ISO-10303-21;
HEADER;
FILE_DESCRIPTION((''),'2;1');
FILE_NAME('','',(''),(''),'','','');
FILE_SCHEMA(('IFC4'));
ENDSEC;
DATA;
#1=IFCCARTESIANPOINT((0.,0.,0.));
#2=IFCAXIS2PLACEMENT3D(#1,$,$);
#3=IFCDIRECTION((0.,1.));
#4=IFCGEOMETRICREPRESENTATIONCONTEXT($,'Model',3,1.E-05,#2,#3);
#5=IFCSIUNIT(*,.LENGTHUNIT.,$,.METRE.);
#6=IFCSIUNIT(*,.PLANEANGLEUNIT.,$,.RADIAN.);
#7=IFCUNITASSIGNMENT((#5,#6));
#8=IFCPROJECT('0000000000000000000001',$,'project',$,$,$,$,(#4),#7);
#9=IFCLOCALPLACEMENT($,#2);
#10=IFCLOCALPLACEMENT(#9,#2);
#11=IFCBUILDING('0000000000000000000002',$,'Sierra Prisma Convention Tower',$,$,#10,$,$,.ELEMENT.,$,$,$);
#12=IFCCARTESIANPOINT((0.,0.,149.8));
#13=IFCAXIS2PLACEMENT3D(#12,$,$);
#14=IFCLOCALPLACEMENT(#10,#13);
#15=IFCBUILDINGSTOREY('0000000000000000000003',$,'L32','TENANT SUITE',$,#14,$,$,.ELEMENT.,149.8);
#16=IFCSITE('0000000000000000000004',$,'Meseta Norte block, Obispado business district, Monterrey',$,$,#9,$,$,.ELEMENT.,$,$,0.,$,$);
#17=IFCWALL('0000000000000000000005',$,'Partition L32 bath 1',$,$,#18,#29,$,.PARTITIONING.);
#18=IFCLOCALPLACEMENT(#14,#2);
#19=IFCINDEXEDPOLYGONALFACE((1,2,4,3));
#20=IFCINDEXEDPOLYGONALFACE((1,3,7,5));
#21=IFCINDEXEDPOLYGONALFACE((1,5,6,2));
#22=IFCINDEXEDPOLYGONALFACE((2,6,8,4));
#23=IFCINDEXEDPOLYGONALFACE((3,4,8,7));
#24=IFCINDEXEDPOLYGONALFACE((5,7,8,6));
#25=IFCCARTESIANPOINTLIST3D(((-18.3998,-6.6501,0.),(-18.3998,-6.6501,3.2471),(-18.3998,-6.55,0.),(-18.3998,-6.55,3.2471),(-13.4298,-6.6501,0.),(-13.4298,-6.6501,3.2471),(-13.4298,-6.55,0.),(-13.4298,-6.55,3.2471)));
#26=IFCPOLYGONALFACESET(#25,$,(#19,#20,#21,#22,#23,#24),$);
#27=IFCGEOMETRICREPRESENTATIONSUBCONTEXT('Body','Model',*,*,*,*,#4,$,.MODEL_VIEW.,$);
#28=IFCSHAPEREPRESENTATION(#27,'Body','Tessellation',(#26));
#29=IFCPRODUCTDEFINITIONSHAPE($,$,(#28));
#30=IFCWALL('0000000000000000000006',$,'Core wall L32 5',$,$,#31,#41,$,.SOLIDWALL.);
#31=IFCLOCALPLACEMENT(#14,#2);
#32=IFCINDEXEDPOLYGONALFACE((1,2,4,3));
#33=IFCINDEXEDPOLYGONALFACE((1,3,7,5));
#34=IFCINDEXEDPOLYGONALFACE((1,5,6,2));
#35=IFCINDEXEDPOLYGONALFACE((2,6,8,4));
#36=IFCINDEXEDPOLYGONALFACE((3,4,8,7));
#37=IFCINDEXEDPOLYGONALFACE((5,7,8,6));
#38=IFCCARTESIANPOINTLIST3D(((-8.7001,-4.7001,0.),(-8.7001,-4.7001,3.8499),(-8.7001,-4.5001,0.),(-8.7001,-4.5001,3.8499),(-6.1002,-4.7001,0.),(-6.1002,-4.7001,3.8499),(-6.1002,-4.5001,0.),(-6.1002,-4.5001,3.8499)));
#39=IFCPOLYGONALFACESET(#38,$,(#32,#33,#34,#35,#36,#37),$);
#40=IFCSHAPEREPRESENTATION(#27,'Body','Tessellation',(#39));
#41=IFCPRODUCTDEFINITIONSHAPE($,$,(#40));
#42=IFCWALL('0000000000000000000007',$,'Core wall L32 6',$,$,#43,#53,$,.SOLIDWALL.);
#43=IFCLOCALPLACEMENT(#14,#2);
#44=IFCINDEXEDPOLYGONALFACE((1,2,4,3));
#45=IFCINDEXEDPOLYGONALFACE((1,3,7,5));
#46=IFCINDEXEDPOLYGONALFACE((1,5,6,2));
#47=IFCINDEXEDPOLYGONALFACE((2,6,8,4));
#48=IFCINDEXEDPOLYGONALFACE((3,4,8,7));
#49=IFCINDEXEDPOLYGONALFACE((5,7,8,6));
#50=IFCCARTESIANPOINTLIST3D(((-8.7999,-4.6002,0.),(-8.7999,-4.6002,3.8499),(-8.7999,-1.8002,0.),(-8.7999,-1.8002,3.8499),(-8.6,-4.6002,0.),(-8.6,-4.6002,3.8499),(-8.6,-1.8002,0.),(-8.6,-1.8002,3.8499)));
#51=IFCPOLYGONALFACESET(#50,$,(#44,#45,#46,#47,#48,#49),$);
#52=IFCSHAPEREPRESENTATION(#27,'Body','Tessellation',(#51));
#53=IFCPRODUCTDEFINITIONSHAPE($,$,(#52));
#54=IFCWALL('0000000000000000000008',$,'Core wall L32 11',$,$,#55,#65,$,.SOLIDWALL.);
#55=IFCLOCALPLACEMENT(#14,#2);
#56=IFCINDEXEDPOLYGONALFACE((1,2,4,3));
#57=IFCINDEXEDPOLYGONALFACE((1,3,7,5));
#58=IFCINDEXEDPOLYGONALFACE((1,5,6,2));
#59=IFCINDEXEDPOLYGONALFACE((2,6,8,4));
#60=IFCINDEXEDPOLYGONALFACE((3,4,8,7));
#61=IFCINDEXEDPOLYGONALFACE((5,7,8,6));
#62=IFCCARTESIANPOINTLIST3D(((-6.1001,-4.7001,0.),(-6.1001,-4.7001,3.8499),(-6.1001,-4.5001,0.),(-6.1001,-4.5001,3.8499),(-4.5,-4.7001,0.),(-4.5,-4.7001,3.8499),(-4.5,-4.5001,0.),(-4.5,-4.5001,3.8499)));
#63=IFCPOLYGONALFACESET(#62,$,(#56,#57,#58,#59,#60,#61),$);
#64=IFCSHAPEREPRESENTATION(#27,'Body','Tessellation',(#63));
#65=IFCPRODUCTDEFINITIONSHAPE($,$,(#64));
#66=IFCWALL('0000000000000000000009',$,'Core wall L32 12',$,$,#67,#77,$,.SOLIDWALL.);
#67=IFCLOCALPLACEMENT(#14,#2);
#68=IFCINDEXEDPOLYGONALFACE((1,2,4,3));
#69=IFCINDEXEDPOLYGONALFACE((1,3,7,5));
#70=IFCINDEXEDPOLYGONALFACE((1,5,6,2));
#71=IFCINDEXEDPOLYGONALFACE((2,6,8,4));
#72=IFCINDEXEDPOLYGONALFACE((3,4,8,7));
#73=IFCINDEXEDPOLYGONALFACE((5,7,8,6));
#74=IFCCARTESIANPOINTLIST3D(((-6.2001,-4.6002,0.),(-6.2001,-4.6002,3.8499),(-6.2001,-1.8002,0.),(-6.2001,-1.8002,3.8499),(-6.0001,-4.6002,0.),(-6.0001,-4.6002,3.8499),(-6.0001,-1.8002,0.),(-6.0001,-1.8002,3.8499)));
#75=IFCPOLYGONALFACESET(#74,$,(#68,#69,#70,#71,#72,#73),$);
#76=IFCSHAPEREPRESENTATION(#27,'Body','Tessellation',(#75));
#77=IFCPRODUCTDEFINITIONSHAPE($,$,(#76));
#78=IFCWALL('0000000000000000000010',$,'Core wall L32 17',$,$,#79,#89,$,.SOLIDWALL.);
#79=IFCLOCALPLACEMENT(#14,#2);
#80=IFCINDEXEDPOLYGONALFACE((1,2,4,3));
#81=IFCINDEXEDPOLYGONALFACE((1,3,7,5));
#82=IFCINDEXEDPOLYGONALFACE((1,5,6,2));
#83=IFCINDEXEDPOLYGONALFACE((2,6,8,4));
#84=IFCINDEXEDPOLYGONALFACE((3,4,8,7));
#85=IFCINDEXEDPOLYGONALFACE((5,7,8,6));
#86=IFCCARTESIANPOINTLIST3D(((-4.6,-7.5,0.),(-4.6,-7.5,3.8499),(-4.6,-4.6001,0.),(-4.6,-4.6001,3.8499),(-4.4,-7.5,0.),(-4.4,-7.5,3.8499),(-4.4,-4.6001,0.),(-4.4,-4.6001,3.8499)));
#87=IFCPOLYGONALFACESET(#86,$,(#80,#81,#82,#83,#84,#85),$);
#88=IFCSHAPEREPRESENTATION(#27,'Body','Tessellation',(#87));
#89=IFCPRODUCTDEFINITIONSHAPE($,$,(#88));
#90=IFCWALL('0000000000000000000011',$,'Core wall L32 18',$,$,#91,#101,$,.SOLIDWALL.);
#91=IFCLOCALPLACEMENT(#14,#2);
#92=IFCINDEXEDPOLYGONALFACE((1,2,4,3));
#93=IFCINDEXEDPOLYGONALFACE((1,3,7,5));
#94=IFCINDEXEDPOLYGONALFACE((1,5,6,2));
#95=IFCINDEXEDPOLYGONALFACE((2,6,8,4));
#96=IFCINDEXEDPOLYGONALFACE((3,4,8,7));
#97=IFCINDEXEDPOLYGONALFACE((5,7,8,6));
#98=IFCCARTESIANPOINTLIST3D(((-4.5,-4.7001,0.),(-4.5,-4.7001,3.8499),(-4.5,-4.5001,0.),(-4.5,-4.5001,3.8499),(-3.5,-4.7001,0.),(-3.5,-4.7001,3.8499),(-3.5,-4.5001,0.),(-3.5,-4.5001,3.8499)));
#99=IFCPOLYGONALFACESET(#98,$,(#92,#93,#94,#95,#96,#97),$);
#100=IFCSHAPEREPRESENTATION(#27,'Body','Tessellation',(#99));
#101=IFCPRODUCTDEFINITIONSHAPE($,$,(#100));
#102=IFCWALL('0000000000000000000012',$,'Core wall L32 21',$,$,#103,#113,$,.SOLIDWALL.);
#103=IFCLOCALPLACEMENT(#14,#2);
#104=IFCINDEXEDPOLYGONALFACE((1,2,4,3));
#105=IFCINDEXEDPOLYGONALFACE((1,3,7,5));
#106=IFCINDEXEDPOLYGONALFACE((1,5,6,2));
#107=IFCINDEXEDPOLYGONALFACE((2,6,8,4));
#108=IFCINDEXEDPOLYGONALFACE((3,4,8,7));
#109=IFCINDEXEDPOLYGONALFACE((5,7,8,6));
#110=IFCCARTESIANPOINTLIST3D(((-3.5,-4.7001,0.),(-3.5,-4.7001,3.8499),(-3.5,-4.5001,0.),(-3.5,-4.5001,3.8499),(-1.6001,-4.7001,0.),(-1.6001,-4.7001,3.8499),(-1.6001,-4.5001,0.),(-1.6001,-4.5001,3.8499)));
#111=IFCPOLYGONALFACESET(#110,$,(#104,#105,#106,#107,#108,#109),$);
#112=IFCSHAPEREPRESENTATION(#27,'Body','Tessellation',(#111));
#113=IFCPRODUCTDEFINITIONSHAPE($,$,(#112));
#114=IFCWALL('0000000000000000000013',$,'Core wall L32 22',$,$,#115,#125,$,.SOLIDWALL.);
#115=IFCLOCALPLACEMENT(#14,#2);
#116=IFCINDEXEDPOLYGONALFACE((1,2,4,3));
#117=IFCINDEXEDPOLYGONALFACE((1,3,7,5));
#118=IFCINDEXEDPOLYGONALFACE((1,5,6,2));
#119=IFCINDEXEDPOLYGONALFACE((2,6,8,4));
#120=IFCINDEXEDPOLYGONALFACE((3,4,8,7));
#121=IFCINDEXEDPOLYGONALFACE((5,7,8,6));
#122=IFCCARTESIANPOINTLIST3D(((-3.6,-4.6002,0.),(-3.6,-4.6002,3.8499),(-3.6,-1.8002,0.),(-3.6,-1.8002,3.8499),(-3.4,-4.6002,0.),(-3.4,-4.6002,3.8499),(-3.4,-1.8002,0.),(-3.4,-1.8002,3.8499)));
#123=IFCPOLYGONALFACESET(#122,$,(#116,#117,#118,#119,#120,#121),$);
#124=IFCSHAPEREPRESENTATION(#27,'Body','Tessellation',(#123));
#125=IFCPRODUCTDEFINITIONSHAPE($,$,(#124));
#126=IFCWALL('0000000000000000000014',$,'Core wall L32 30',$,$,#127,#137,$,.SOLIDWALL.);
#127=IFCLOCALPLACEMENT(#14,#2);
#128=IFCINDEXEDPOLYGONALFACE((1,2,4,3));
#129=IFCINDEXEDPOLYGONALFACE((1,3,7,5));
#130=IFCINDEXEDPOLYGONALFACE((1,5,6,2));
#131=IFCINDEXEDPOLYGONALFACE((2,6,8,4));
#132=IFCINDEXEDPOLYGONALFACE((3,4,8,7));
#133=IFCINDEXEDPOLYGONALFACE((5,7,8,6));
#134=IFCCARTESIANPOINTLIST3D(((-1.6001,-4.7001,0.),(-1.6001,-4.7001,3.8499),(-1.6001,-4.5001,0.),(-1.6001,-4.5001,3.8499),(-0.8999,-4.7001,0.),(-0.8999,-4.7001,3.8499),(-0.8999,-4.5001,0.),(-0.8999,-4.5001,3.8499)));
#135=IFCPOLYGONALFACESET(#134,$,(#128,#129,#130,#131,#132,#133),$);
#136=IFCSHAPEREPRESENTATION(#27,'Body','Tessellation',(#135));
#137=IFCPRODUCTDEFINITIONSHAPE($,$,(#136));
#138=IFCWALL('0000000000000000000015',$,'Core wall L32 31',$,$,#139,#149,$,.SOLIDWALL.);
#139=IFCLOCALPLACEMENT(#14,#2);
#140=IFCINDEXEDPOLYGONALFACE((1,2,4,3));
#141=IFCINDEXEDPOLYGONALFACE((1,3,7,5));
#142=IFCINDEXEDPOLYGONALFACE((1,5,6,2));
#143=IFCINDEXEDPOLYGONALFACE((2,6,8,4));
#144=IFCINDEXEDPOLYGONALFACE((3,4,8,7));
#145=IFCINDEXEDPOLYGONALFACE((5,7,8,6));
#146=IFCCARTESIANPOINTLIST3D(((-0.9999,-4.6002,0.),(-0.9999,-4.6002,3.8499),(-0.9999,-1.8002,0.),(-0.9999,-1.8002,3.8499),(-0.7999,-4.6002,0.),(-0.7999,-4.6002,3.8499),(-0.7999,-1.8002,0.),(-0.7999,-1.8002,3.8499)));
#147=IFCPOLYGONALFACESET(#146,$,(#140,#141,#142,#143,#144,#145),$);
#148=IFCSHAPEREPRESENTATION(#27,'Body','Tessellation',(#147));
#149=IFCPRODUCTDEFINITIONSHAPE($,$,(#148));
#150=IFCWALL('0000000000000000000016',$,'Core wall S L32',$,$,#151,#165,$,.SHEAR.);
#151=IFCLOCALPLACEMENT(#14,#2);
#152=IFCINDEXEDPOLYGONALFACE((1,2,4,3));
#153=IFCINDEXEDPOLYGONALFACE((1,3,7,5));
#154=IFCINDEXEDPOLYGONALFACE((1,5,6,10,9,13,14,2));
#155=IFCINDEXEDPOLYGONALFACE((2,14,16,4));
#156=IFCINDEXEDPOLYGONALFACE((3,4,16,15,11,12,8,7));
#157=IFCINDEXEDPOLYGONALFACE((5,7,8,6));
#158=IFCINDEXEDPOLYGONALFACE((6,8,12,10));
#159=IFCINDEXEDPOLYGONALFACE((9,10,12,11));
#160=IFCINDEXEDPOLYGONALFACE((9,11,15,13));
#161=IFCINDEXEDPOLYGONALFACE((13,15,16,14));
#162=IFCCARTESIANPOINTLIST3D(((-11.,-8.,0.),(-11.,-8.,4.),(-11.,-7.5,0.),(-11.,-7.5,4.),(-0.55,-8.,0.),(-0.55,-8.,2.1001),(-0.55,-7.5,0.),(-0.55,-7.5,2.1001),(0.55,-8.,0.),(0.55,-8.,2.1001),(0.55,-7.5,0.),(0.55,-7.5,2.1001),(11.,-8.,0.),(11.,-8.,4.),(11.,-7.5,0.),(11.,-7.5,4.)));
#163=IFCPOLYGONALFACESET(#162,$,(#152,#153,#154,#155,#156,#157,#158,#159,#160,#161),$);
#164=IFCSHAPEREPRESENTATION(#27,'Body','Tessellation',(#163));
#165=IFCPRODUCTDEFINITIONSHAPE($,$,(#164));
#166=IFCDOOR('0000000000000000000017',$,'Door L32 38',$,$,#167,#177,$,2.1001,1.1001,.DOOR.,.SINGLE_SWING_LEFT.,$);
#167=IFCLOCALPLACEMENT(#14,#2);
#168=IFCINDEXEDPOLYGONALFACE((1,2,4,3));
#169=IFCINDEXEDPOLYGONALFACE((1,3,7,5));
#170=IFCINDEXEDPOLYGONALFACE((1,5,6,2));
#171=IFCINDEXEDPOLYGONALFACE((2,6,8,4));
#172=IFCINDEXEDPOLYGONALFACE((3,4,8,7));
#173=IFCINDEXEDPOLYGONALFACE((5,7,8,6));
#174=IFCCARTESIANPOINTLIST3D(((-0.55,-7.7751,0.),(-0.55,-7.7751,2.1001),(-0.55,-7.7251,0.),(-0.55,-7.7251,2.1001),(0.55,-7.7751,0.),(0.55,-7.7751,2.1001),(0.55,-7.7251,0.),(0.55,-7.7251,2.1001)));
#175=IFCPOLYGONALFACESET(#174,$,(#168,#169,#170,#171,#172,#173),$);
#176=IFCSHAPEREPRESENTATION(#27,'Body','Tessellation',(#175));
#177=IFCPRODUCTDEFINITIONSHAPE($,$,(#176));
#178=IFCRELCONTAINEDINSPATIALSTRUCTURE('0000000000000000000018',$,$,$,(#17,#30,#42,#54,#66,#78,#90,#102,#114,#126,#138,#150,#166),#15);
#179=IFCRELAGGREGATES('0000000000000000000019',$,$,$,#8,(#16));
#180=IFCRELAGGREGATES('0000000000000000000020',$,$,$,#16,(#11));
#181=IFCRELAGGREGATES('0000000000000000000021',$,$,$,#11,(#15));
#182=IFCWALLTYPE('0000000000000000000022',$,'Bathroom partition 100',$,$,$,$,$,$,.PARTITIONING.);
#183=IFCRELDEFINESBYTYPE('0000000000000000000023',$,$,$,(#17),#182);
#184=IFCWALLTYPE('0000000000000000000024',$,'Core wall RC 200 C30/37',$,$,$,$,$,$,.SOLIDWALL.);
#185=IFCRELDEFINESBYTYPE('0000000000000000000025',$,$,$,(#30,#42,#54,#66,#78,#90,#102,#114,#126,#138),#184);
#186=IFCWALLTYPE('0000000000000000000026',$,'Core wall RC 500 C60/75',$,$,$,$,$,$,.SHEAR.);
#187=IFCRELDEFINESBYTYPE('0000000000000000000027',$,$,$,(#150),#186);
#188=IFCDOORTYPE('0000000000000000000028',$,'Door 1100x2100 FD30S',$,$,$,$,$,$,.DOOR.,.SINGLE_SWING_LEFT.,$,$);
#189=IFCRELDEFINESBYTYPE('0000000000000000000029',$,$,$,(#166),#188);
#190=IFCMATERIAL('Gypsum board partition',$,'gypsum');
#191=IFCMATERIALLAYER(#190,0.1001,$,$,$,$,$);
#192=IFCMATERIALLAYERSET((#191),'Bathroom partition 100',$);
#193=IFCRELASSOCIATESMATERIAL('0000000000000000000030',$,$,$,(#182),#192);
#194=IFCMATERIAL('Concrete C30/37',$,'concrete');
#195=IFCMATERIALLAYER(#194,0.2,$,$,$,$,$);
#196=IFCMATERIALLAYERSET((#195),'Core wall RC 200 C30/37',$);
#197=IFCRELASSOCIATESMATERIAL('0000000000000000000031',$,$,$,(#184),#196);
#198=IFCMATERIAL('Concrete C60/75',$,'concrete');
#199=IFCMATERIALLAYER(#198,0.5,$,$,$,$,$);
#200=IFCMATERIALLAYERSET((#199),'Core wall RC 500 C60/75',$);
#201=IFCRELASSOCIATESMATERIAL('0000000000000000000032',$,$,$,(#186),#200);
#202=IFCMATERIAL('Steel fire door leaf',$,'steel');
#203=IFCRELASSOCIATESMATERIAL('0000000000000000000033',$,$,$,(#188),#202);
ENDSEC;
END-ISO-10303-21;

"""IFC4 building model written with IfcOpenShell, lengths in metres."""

from ifc_helpers import new_model, si_unit, direction, frame, frame_2d, origin, place, context, subcontext, project, spatial, rectangle, extrude, material, layer, layer_set, type_object, element, fill, save


model = new_model("IFC4")

# Units and contexts
model_context = context("Model", 3, precision=1e-05, world=origin(), true_north=direction((0.0, 1.0)))
body_context = subcontext(model_context, "Body", "Model", "MODEL_VIEW")
ifc_project = project(units=[si_unit("LENGTHUNIT", "METRE"), si_unit("PLANEANGLEUNIT", "RADIAN")], contexts=[model_context])

# Site, building, storey
site_placement = place(None, origin())
site = spatial("IfcSite", under=ifc_project, at=site_placement, Name="Meseta Norte block, Obispado business district, Monterrey", CompositionType="ELEMENT", RefElevation=0.0)
building_placement = place(site_placement, origin())
building = spatial("IfcBuilding", under=site, at=building_placement, Name="Sierra Prisma Convention Tower", CompositionType="ELEMENT")
storey_placement = place(building_placement, frame((0.0, 0.0, 149.8)))
storey = spatial("IfcBuildingStorey", under=building, at=storey_placement, Name="L32", Description="TENANT SUITE", CompositionType="ELEMENT", Elevation=149.8)

# Wall
ifc_material_1 = material(Name="Gypsum board partition", Category="gypsum")
ifc_layer_1 = layer(ifc_material_1, 0.1001)
ifc_layer_set_1 = layer_set([ifc_layer_1], Name="Bathroom partition 100")
wall_type_1 = type_object("IfcWallType", Name="Bathroom partition 100", PredefinedType="PARTITIONING", material=ifc_layer_set_1)
wall_1_placement = place(storey_placement, frame((-13.4299, -6.6001, 0.0), z_axis=(0.0, 0.0, 1.0), x_axis=(-1.0, 0.0, 0.0)))
element("IfcWall", 1, at=wall_1_placement, inside=storey, type_object=wall_type_1, Name="Partition L32 bath 1", PredefinedType="PARTITIONING", context=body_context, shape_type="SweptSolid", body=[
    extrude(rectangle(XDim=4.97, YDim=0.1001, at=frame_2d((2.4849, 0.0))), origin(), (0.0, 0.0, 1.0), 3.2471),
])

# Shared definitions
ifc_material_2 = material(Name="Concrete C30/37", Category="concrete")
ifc_layer_2 = layer(ifc_material_2, 0.2)
ifc_layer_set_2 = layer_set([ifc_layer_2], Name="Core wall RC 200 C30/37")
wall_type_2 = type_object("IfcWallType", Name="Core wall RC 200 C30/37", PredefinedType="SOLIDWALL", material=ifc_layer_set_2)

# Walls
wall_2_placement = place(storey_placement, frame((-8.7, -4.6001, 0.0), z_axis=(0.0, 0.0, 1.0), x_axis=(1.0, 0.0, 0.0)))
element("IfcWall", 2, at=wall_2_placement, inside=storey, type_object=wall_type_2, Name="Core wall L32 5", PredefinedType="SOLIDWALL", context=body_context, shape_type="SweptSolid", body=[
    extrude(rectangle(XDim=2.5999, YDim=0.2, at=frame_2d((1.2998, 0.0))), origin(), (0.0, 0.0, 1.0), 3.8499),
])
wall_3_placement = place(storey_placement, frame((-8.7, -4.6001, 0.0), z_axis=(0.0, 0.0, 1.0), x_axis=(0.0, 1.0, 0.0)))
element("IfcWall", 3, at=wall_3_placement, inside=storey, type_object=wall_type_2, Name="Core wall L32 6", PredefinedType="SOLIDWALL", context=body_context, shape_type="SweptSolid", body=[
    extrude(rectangle(XDim=2.8, YDim=0.2, at=frame_2d((1.3999, 0.0))), origin(), (0.0, 0.0, 1.0), 3.8499),
])
wall_4_placement = place(storey_placement, frame((-6.1001, -4.6001, 0.0), z_axis=(0.0, 0.0, 1.0), x_axis=(1.0, 0.0, 0.0)))
element("IfcWall", 4, at=wall_4_placement, inside=storey, type_object=wall_type_2, Name="Core wall L32 11", PredefinedType="SOLIDWALL", context=body_context, shape_type="SweptSolid", body=[
    extrude(rectangle(XDim=1.6001, YDim=0.2, at=frame_2d((0.8, 0.0))), origin(), (0.0, 0.0, 1.0), 3.8499),
])
wall_5_placement = place(storey_placement, frame((-6.1001, -4.6001, 0.0), z_axis=(0.0, 0.0, 1.0), x_axis=(0.0, 1.0, 0.0)))
element("IfcWall", 5, at=wall_5_placement, inside=storey, type_object=wall_type_2, Name="Core wall L32 12", PredefinedType="SOLIDWALL", context=body_context, shape_type="SweptSolid", body=[
    extrude(rectangle(XDim=2.8, YDim=0.2, at=frame_2d((1.3999, 0.0))), origin(), (0.0, 0.0, 1.0), 3.8499),
])
wall_6_placement = place(storey_placement, frame((-4.5, -4.6001, 0.0), z_axis=(0.0, 0.0, 1.0), x_axis=(0.0, -1.0, 0.0)))
element("IfcWall", 6, at=wall_6_placement, inside=storey, type_object=wall_type_2, Name="Core wall L32 17", PredefinedType="SOLIDWALL", context=body_context, shape_type="SweptSolid", body=[
    extrude(rectangle(XDim=2.8999, YDim=0.2, at=frame_2d((1.45, 0.0))), origin(), (0.0, 0.0, 1.0), 3.8499),
])
wall_7_placement = place(storey_placement, frame((-4.5, -4.6001, 0.0), z_axis=(0.0, 0.0, 1.0), x_axis=(1.0, 0.0, 0.0)))
element("IfcWall", 7, at=wall_7_placement, inside=storey, type_object=wall_type_2, Name="Core wall L32 18", PredefinedType="SOLIDWALL", context=body_context, shape_type="SweptSolid", body=[
    extrude(rectangle(XDim=1.0, YDim=0.2, at=frame_2d((0.5, 0.0))), origin(), (0.0, 0.0, 1.0), 3.8499),
])
wall_8_placement = place(storey_placement, frame((-3.5, -4.6001, 0.0), z_axis=(0.0, 0.0, 1.0), x_axis=(1.0, 0.0, 0.0)))
element("IfcWall", 8, at=wall_8_placement, inside=storey, type_object=wall_type_2, Name="Core wall L32 21", PredefinedType="SOLIDWALL", context=body_context, shape_type="SweptSolid", body=[
    extrude(rectangle(XDim=1.8999, YDim=0.2, at=frame_2d((0.95, 0.0))), origin(), (0.0, 0.0, 1.0), 3.8499),
])
wall_9_placement = place(storey_placement, frame((-3.5, -4.6001, 0.0), z_axis=(0.0, 0.0, 1.0), x_axis=(0.0, 1.0, 0.0)))
element("IfcWall", 9, at=wall_9_placement, inside=storey, type_object=wall_type_2, Name="Core wall L32 22", PredefinedType="SOLIDWALL", context=body_context, shape_type="SweptSolid", body=[
    extrude(rectangle(XDim=2.8, YDim=0.2, at=frame_2d((1.3999, 0.0))), origin(), (0.0, 0.0, 1.0), 3.8499),
])

# Walls
wall_10_placement = place(storey_placement, frame((-1.6001, -4.6001, 0.0), z_axis=(0.0, 0.0, 1.0), x_axis=(1.0, 0.0, 0.0)))
element("IfcWall", 10, at=wall_10_placement, inside=storey, type_object=wall_type_2, Name="Core wall L32 30", PredefinedType="SOLIDWALL", context=body_context, shape_type="SweptSolid", body=[
    extrude(rectangle(XDim=0.7002, YDim=0.2, at=frame_2d((0.3501, 0.0))), origin(), (0.0, 0.0, 1.0), 3.8499),
])
wall_11_placement = place(storey_placement, frame((-0.8999, -4.6001, 0.0), z_axis=(0.0, 0.0, 1.0), x_axis=(0.0, 1.0, 0.0)))
element("IfcWall", 11, at=wall_11_placement, inside=storey, type_object=wall_type_2, Name="Core wall L32 31", PredefinedType="SOLIDWALL", context=body_context, shape_type="SweptSolid", body=[
    extrude(rectangle(XDim=2.8, YDim=0.2, at=frame_2d((1.3999, 0.0))), origin(), (0.0, 0.0, 1.0), 3.8499),
])

# Wall, opening, door
ifc_material_3 = material(Name="Concrete C60/75", Category="concrete")
ifc_layer_3 = layer(ifc_material_3, 0.5)
ifc_layer_set_3 = layer_set([ifc_layer_3], Name="Core wall RC 500 C60/75")
wall_type_3 = type_object("IfcWallType", Name="Core wall RC 500 C60/75", PredefinedType="SHEAR", material=ifc_layer_set_3)
wall_12_placement = place(storey_placement, frame((-11.0, -7.75, 0.0), z_axis=(0.0, 0.0, 1.0), x_axis=(1.0, 0.0, 0.0)))
wall_12 = element("IfcWall", 12, at=wall_12_placement, inside=storey, type_object=wall_type_3, Name="Core wall S L32", PredefinedType="SHEAR", context=body_context, shape_type="SweptSolid", body=[
    extrude(rectangle(XDim=22.0, YDim=0.5, at=frame_2d((11.0, 0.0))), origin(), (0.0, 0.0, 1.0), 4.0),
])
opening_1_placement = place(wall_12_placement, frame((10.45, 0.0, 0.0)))
opening_1 = element("IfcOpeningElement", 13, at=opening_1_placement, cuts=wall_12, PredefinedType="OPENING", context=body_context, shape_type="SweptSolid", body=[
    extrude(rectangle(XDim=1.1001, YDim=2.1001, at=frame_2d((0.55, 1.05))), frame((0.0, 0.25, 0.0), z_axis=(0.0, -1.0, 0.0), x_axis=(1.0, 0.0, 0.0)), (0.0, 0.0, 1.0), 0.5),
])
ifc_material_4 = material(Name="Steel fire door leaf", Category="steel")
door_type_1 = type_object("IfcDoorType", Name="Door 1100x2100 FD30S", OperationType="SINGLE_SWING_LEFT", PredefinedType="DOOR", material=ifc_material_4)
door_1_placement = place(opening_1_placement, origin())
door_1 = element("IfcDoor", 14, at=door_1_placement, inside=storey, type_object=door_type_1, Name="Door L32 38", OperationType="SINGLE_SWING_LEFT", OverallHeight=2.1001, OverallWidth=1.1001, PredefinedType="DOOR", context=body_context, shape_type="SweptSolid", body=[
    extrude(rectangle(XDim=1.1001, YDim=2.1001, at=frame_2d((0.55, 1.05))), frame((0.0, 0.0249, 0.0), z_axis=(0.0, -1.0, 0.0), x_axis=(1.0, 0.0, 0.0)), (0.0, 0.0, 1.0), 0.05),
])
fill(opening_1, door_1)

save(model, "model.ifc")
